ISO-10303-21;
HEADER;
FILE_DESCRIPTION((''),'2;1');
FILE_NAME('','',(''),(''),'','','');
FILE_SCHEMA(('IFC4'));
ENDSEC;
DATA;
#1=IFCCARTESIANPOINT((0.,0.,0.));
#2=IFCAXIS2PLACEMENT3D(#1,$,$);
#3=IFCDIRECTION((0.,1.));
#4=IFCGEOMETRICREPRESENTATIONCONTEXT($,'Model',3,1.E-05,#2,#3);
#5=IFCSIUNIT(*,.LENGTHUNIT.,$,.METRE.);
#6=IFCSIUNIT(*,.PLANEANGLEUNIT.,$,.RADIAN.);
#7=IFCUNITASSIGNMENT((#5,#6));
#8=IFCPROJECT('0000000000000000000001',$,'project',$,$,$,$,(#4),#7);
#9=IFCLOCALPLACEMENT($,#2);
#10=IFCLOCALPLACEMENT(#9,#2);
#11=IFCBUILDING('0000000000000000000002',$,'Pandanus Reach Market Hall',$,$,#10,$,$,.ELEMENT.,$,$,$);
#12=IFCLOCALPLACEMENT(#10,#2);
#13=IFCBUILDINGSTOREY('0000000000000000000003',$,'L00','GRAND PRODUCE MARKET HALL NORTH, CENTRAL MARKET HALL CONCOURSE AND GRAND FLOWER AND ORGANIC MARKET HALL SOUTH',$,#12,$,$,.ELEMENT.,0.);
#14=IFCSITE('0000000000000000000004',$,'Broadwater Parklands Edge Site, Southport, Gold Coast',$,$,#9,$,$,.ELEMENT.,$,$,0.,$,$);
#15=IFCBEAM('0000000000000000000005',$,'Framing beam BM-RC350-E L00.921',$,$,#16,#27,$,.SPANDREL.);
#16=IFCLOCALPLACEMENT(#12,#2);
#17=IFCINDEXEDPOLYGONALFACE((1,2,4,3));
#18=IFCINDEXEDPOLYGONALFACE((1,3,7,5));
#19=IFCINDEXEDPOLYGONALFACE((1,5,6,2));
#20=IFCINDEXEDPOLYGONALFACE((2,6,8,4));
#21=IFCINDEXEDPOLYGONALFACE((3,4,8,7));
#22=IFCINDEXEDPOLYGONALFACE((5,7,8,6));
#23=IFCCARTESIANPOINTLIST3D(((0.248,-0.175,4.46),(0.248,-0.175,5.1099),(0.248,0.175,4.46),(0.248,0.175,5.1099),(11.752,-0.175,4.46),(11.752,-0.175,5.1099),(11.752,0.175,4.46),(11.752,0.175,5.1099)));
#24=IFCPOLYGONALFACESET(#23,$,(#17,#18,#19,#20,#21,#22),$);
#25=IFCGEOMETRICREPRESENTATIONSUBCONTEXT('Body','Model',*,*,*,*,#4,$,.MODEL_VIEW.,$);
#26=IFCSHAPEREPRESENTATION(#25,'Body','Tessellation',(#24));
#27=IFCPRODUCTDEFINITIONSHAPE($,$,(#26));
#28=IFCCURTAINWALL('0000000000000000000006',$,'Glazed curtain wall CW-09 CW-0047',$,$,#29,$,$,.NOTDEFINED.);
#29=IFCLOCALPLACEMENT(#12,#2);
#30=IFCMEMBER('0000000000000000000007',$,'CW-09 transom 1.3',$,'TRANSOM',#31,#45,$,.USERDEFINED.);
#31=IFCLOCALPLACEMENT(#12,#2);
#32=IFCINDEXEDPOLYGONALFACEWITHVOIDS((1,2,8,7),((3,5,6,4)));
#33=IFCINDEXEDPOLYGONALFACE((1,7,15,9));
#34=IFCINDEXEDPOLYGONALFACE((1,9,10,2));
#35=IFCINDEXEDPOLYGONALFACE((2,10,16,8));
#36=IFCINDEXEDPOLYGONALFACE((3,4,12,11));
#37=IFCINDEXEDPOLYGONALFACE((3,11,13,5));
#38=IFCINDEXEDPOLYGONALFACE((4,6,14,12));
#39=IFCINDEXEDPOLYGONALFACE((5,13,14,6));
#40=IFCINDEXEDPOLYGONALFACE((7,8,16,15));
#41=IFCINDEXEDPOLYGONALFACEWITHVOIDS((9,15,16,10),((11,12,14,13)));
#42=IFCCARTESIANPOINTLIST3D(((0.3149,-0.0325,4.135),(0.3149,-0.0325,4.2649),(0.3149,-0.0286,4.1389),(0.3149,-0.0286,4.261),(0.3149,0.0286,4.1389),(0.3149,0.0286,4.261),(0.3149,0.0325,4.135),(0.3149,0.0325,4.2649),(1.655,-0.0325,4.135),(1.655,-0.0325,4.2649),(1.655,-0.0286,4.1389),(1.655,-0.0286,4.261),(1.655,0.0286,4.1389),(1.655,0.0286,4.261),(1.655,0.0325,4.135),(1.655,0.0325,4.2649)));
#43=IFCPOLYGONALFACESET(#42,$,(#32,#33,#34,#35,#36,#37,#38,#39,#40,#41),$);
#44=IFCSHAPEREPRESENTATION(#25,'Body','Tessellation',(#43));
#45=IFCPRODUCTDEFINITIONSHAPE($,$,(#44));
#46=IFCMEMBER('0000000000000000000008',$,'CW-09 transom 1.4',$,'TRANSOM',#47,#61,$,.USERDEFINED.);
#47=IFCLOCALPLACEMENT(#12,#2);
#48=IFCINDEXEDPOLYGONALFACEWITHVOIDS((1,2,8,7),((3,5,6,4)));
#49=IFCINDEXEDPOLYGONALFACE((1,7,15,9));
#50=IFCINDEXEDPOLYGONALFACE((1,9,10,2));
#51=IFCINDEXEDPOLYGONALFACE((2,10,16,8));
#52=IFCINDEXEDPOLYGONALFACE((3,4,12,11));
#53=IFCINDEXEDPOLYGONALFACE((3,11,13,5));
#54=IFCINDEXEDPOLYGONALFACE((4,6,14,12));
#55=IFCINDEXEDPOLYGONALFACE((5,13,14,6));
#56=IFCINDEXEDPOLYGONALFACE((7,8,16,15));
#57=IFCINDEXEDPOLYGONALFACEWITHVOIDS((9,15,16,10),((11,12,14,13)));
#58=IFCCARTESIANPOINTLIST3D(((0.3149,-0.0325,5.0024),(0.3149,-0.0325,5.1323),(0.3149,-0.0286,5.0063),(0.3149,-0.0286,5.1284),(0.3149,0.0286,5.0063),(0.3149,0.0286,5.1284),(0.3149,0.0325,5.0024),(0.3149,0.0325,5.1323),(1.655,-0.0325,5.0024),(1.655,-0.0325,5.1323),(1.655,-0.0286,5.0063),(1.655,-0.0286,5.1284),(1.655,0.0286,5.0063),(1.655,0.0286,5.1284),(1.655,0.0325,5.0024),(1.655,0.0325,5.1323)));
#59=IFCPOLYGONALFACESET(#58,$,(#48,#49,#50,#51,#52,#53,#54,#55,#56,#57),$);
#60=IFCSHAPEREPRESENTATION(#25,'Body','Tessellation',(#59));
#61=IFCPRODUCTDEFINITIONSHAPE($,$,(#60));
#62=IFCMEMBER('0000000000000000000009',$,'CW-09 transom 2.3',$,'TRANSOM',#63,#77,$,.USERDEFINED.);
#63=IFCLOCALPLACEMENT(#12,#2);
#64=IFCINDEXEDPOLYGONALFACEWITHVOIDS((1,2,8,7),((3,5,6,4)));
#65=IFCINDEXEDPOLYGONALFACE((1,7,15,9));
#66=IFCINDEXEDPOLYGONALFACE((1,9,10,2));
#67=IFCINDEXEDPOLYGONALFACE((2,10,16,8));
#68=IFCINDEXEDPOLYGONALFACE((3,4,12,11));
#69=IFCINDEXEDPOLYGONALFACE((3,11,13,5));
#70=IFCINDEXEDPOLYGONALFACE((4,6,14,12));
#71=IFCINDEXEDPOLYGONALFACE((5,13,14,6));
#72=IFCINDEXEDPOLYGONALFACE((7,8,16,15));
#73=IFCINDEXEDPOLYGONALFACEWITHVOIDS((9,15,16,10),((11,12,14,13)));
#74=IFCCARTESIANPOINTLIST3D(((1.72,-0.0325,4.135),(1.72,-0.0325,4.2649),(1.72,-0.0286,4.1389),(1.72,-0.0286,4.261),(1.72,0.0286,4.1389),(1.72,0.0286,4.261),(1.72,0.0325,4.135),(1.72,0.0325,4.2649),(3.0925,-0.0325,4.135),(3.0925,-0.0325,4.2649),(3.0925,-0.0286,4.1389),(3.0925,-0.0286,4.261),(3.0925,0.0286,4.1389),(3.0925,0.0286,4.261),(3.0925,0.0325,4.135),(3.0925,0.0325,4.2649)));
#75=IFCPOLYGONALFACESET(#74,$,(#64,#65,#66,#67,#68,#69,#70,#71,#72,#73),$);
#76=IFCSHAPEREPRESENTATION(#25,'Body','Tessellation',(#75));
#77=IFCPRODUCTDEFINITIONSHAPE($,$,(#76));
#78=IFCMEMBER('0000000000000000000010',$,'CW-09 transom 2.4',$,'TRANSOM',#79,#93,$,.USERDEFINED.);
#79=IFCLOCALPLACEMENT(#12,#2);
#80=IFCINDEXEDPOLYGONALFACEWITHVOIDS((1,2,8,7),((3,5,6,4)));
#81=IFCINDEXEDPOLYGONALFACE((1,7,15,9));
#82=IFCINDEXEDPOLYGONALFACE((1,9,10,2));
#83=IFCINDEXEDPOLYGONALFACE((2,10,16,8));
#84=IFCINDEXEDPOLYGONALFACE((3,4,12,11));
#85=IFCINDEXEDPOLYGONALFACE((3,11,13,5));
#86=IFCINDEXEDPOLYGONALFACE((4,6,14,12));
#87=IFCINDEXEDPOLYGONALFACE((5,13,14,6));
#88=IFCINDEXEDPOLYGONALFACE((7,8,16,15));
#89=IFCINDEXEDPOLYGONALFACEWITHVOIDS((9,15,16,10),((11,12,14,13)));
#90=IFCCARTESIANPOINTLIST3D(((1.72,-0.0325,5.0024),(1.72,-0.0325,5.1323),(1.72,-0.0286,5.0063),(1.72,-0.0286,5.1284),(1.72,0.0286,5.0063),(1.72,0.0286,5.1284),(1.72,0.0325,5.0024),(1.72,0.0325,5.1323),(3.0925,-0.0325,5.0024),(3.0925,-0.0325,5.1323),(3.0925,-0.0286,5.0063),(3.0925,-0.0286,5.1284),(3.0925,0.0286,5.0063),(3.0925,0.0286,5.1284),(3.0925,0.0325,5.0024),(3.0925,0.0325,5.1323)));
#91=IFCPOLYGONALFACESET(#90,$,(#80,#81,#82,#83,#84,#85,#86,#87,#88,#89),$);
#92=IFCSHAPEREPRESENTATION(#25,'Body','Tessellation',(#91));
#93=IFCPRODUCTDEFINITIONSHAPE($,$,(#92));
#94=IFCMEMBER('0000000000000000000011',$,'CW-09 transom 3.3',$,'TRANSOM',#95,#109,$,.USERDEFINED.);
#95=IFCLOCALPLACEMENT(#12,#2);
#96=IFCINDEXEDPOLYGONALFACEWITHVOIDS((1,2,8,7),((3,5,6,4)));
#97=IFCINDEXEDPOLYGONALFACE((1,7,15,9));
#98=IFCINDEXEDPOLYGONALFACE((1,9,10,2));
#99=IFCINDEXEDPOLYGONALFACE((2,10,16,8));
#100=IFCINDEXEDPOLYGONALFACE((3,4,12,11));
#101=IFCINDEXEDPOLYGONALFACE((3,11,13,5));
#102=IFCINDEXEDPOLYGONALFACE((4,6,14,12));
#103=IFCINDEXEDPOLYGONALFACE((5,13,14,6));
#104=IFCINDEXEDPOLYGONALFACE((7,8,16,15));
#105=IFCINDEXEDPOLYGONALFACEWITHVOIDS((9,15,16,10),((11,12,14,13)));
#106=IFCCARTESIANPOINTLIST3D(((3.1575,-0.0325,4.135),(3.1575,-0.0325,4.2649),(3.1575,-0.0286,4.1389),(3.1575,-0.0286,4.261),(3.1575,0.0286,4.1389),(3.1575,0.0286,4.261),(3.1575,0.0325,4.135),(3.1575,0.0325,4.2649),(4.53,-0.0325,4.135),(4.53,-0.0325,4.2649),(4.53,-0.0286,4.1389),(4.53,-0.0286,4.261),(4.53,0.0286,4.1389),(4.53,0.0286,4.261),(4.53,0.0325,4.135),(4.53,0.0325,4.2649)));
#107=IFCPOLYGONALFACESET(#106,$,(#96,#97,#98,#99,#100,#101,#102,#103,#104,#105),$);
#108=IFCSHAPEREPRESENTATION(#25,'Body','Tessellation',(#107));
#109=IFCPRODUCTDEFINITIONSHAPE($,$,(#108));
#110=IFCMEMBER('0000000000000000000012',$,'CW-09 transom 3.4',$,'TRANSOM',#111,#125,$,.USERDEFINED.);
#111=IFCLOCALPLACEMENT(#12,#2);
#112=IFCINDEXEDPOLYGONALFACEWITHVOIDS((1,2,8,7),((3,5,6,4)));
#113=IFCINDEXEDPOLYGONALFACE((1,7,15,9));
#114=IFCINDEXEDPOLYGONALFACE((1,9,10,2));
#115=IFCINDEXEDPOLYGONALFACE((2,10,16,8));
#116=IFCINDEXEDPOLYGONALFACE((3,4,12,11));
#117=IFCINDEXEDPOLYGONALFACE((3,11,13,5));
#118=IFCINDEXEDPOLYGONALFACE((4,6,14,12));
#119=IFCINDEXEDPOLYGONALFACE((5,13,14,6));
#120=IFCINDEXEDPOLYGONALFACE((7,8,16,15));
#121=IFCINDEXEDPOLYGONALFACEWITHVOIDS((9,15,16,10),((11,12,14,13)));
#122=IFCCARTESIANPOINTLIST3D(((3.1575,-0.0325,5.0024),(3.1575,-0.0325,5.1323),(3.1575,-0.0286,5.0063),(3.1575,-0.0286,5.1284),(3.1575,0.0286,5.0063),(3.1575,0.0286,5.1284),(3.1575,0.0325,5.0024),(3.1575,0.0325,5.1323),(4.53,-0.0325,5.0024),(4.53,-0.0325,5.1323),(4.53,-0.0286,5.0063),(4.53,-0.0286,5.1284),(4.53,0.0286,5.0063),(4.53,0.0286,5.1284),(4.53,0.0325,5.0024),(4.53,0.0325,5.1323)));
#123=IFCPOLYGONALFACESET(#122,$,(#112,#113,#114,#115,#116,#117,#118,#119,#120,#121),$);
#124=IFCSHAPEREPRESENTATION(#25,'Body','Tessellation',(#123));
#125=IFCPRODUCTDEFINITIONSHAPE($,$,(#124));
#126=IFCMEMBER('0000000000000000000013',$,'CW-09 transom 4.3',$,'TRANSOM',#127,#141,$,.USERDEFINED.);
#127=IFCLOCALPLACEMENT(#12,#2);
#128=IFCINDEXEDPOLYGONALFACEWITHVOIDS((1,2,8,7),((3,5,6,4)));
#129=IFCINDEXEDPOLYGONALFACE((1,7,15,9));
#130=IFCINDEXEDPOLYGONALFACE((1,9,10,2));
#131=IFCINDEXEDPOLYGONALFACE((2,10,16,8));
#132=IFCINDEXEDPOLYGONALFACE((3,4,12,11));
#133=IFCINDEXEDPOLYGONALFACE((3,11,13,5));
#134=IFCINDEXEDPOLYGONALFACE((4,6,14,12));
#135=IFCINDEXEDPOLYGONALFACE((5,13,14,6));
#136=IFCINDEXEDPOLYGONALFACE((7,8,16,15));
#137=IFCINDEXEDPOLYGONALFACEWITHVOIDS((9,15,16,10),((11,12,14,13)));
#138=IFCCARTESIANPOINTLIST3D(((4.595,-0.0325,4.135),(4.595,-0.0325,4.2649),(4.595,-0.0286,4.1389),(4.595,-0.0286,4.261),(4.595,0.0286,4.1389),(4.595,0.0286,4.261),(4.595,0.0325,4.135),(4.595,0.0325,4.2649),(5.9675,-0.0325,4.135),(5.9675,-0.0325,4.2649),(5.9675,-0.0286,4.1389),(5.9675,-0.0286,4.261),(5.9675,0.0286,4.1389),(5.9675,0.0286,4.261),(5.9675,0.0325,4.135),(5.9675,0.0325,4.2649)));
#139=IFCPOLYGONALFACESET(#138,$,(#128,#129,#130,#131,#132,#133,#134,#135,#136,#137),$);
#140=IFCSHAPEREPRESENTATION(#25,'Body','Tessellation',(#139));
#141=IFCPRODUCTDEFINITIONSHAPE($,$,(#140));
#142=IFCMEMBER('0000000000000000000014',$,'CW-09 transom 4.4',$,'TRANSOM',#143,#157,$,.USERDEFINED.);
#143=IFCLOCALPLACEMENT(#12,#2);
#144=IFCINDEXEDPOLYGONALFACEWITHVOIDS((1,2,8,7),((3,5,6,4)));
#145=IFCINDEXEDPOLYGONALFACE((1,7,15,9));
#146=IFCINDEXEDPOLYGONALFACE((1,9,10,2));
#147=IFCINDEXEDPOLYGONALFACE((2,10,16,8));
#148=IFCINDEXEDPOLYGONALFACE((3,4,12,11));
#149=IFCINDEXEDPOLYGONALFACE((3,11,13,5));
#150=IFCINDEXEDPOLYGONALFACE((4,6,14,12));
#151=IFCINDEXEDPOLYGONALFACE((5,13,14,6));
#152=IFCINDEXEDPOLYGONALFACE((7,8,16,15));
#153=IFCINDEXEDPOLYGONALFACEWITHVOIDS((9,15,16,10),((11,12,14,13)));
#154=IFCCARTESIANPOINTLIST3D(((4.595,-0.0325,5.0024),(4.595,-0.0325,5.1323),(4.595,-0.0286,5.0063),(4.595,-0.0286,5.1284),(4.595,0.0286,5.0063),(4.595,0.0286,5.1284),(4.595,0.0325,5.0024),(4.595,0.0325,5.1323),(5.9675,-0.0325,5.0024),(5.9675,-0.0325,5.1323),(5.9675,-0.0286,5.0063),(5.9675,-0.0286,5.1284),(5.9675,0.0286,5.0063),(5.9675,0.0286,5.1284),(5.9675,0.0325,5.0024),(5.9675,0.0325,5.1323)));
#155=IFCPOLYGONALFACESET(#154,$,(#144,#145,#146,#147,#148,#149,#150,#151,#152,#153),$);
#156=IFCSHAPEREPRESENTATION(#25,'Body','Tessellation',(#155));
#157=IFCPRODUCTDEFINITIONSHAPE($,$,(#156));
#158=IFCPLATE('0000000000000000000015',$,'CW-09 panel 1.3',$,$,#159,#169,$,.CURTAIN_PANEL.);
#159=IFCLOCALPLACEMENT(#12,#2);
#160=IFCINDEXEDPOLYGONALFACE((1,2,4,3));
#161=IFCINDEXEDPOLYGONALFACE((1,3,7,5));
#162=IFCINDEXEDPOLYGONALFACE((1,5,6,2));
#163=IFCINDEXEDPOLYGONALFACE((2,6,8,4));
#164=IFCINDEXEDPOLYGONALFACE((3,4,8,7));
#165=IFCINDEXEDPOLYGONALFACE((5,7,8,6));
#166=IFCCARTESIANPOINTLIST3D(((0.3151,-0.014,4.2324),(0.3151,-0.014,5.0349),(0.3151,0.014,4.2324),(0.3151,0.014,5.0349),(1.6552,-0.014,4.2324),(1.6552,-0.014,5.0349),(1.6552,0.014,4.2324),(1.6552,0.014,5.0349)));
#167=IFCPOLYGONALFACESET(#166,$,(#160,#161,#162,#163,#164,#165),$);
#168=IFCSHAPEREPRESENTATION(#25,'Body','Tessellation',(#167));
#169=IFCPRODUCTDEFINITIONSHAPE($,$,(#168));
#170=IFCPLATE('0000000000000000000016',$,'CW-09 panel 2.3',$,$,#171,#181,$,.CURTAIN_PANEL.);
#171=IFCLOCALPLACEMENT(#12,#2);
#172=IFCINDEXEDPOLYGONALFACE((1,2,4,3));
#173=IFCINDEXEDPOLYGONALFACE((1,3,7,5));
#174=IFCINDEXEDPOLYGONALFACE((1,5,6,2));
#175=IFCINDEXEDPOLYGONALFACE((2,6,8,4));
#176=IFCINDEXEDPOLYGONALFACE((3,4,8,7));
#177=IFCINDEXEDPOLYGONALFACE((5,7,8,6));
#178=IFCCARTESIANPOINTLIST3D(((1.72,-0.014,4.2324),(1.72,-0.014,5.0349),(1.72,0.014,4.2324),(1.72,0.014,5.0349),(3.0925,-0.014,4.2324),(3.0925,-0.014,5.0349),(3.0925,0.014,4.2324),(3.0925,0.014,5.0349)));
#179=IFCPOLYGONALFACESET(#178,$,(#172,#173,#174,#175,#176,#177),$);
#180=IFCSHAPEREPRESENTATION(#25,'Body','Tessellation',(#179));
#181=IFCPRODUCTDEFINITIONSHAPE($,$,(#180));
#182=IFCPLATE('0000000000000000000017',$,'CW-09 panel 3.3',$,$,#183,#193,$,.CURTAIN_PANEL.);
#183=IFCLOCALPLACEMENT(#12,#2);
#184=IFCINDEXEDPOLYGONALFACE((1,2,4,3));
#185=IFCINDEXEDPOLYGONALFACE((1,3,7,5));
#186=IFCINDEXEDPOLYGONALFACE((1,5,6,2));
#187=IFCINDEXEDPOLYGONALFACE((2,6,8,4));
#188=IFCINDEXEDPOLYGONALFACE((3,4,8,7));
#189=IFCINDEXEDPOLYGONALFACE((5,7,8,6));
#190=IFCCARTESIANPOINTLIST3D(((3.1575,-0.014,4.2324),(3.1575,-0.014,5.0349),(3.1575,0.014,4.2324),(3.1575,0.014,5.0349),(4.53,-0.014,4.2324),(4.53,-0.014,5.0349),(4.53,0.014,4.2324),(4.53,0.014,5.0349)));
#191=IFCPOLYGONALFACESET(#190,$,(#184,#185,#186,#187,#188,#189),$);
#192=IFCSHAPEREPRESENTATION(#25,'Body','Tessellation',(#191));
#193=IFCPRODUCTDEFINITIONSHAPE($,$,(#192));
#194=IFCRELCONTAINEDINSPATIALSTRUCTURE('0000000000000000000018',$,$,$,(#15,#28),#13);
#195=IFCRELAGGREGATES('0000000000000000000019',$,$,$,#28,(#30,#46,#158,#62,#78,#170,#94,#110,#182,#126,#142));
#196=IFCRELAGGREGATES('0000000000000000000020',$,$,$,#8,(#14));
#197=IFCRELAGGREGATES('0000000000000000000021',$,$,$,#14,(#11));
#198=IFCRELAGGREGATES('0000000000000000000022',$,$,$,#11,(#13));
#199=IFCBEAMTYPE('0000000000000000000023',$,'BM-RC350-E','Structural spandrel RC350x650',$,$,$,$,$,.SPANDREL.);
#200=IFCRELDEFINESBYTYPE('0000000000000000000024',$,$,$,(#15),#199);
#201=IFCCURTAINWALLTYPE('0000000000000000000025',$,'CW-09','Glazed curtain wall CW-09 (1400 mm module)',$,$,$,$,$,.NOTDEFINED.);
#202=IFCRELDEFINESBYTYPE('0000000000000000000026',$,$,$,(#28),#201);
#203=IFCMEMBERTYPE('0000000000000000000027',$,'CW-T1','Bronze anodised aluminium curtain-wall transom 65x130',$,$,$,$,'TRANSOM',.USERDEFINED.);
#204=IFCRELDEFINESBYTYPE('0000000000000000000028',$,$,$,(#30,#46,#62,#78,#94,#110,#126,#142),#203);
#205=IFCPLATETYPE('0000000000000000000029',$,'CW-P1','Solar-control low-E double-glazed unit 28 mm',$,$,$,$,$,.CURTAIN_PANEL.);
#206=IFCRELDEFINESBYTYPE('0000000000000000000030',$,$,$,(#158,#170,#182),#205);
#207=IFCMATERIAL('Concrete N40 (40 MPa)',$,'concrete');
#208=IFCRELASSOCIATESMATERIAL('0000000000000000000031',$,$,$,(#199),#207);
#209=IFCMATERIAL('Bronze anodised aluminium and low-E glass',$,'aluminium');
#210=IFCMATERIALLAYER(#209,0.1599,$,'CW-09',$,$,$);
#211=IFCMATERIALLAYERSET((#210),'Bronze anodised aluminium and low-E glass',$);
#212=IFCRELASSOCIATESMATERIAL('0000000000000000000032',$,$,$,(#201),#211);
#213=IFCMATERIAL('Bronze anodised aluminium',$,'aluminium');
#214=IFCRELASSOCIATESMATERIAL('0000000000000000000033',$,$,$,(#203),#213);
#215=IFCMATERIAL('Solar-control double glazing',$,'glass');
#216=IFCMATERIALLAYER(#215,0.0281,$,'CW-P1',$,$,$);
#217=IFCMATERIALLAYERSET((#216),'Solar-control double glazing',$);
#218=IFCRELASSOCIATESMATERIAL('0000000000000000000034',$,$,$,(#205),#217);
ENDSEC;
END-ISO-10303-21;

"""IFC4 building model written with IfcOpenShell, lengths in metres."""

from ifc_helpers import new_model, si_unit, direction, frame, origin, origin_2d, place, context, subcontext, project, spatial, rectangle, hollow_rectangle, extrude, material, layer, layer_set, material_profile, profile_set, type_object, element, aggregate, save


model = new_model("IFC4")

# Units and contexts
model_context = context("Model", 3, precision=1e-05, world=origin(), true_north=direction((0.0, 1.0)))
body_context = subcontext(model_context, "Body", "Model", "MODEL_VIEW")
ifc_project = project(units=[si_unit("LENGTHUNIT", "METRE"), si_unit("PLANEANGLEUNIT", "RADIAN")], contexts=[model_context])

# Site, building, storey
site_placement = place(None, origin())
site = spatial("IfcSite", under=ifc_project, at=site_placement, Name="Broadwater Parklands Edge Site, Southport, Gold Coast", CompositionType="ELEMENT", RefElevation=0.0)
building_placement = place(site_placement, origin())
building = spatial("IfcBuilding", under=site, at=building_placement, Name="Pandanus Reach Market Hall", CompositionType="ELEMENT")
storey_placement = place(building_placement, origin())
storey = spatial("IfcBuildingStorey", under=building, at=storey_placement, Name="L00", Description="GRAND PRODUCE MARKET HALL NORTH, CENTRAL MARKET HALL CONCOURSE AND GRAND FLOWER AND ORGANIC MARKET HALL SOUTH", CompositionType="ELEMENT", Elevation=0.0)

# Beam
ifc_material_1 = material(Name="Concrete N40 (40 MPa)", Category="concrete")
ifc_material_profile_1 = material_profile(ifc_material_1, rectangle(XDim=0.3501, YDim=0.6499, at=origin_2d()), Name="RC350x650", Category="LoadBearing")
ifc_profile_set_1 = profile_set([ifc_material_profile_1], Name="Concrete N40 (40 MPa)")
beam_type = type_object("IfcBeamType", Name="BM-RC350-E", Description="Structural spandrel RC350x650", PredefinedType="SPANDREL", material=ifc_profile_set_1)
beam_placement = place(storey_placement, frame((0.248, 0.0, 4.7849), z_axis=(1.0, 0.0, 0.0), x_axis=(0.0, 1.0, 0.0)))
element("IfcBeam", 1, at=beam_placement, inside=storey, type_object=beam_type, Name="Framing beam BM-RC350-E L00.921", PredefinedType="SPANDREL", context=body_context, shape_type="SweptSolid", body=[
    extrude(rectangle(XDim=0.3501, YDim=0.6499, at=origin_2d()), origin(), (0.0, 0.0, 1.0), 11.5039),
])

# Curtain wall, members, plates
ifc_material_2 = material(Name="Bronze anodised aluminium and low-E glass", Category="aluminium")
ifc_layer_1 = layer(ifc_material_2, 0.1599, Name="CW-09")
ifc_layer_set_1 = layer_set([ifc_layer_1], Name="Bronze anodised aluminium and low-E glass")
curtain_wall_type = type_object("IfcCurtainWallType", Name="CW-09", Description="Glazed curtain wall CW-09 (1400 mm module)", PredefinedType="NOTDEFINED", material=ifc_layer_set_1)
curtain_wall_placement = place(storey_placement, origin())
curtain_wall = element("IfcCurtainWall", 2, at=curtain_wall_placement, inside=storey, type_object=curtain_wall_type, Name="Glazed curtain wall CW-09 CW-0047", PredefinedType="NOTDEFINED")
ifc_material_3 = material(Name="Bronze anodised aluminium", Category="aluminium")
ifc_material_profile_2 = material_profile(ifc_material_3, hollow_rectangle(XDim=0.0649, YDim=0.1299, WallThickness=0.0039, at=origin_2d()), Name="ALU65x130", Category="LoadBearing")
ifc_profile_set_2 = profile_set([ifc_material_profile_2], Name="Bronze anodised aluminium")
member_type = type_object("IfcMemberType", Name="CW-T1", Description="Bronze anodised aluminium curtain-wall transom 65x130", ElementType="TRANSOM", PredefinedType="USERDEFINED", material=ifc_profile_set_2)
member_1_placement = place(storey_placement, frame((0.3149, 0.0, 4.2), z_axis=(1.0, 0.0, 0.0), x_axis=(0.0, 1.0, 0.0)))
member_1 = element("IfcMember", 3, at=member_1_placement, type_object=member_type, Name="CW-09 transom 1.3", ObjectType="TRANSOM", PredefinedType="USERDEFINED", context=body_context, shape_type="SweptSolid", body=[
    extrude(hollow_rectangle(XDim=0.0649, YDim=0.1299, WallThickness=0.0039, at=origin_2d()), origin(), (0.0, 0.0, 1.0), 1.3401),
])
member_2_placement = place(storey_placement, frame((0.3149, 0.0, 5.0674), z_axis=(1.0, 0.0, 0.0), x_axis=(0.0, 1.0, 0.0)))
member_2 = element("IfcMember", 4, at=member_2_placement, type_object=member_type, Name="CW-09 transom 1.4", ObjectType="TRANSOM", PredefinedType="USERDEFINED", context=body_context, shape_type="SweptSolid", body=[
    extrude(hollow_rectangle(XDim=0.0649, YDim=0.1299, WallThickness=0.0039, at=origin_2d()), origin(), (0.0, 0.0, 1.0), 1.3401),
])
member_3_placement = place(storey_placement, frame((1.72, 0.0, 4.2), z_axis=(1.0, 0.0, 0.0), x_axis=(0.0, 1.0, 0.0)))
member_3 = element("IfcMember", 5, at=member_3_placement, type_object=member_type, Name="CW-09 transom 2.3", ObjectType="TRANSOM", PredefinedType="USERDEFINED", context=body_context, shape_type="SweptSolid", body=[
    extrude(hollow_rectangle(XDim=0.0649, YDim=0.1299, WallThickness=0.0039, at=origin_2d()), origin(), (0.0, 0.0, 1.0), 1.3726),
])
member_4_placement = place(storey_placement, frame((1.72, 0.0, 5.0674), z_axis=(1.0, 0.0, 0.0), x_axis=(0.0, 1.0, 0.0)))
member_4 = element("IfcMember", 6, at=member_4_placement, type_object=member_type, Name="CW-09 transom 2.4", ObjectType="TRANSOM", PredefinedType="USERDEFINED", context=body_context, shape_type="SweptSolid", body=[
    extrude(hollow_rectangle(XDim=0.0649, YDim=0.1299, WallThickness=0.0039, at=origin_2d()), origin(), (0.0, 0.0, 1.0), 1.3726),
])
member_5_placement = place(storey_placement, frame((3.1575, 0.0, 4.2), z_axis=(1.0, 0.0, 0.0), x_axis=(0.0, 1.0, 0.0)))
member_5 = element("IfcMember", 7, at=member_5_placement, type_object=member_type, Name="CW-09 transom 3.3", ObjectType="TRANSOM", PredefinedType="USERDEFINED", context=body_context, shape_type="SweptSolid", body=[
    extrude(hollow_rectangle(XDim=0.0649, YDim=0.1299, WallThickness=0.0039, at=origin_2d()), origin(), (0.0, 0.0, 1.0), 1.3726),
])
member_6_placement = place(storey_placement, frame((3.1575, 0.0, 5.0674), z_axis=(1.0, 0.0, 0.0), x_axis=(0.0, 1.0, 0.0)))
member_6 = element("IfcMember", 8, at=member_6_placement, type_object=member_type, Name="CW-09 transom 3.4", ObjectType="TRANSOM", PredefinedType="USERDEFINED", context=body_context, shape_type="SweptSolid", body=[
    extrude(hollow_rectangle(XDim=0.0649, YDim=0.1299, WallThickness=0.0039, at=origin_2d()), origin(), (0.0, 0.0, 1.0), 1.3726),
])
member_7_placement = place(storey_placement, frame((4.595, 0.0, 4.2), z_axis=(1.0, 0.0, 0.0), x_axis=(0.0, 1.0, 0.0)))
member_7 = element("IfcMember", 9, at=member_7_placement, type_object=member_type, Name="CW-09 transom 4.3", ObjectType="TRANSOM", PredefinedType="USERDEFINED", context=body_context, shape_type="SweptSolid", body=[
    extrude(hollow_rectangle(XDim=0.0649, YDim=0.1299, WallThickness=0.0039, at=origin_2d()), origin(), (0.0, 0.0, 1.0), 1.3726),
])
member_8_placement = place(storey_placement, frame((4.595, 0.0, 5.0674), z_axis=(1.0, 0.0, 0.0), x_axis=(0.0, 1.0, 0.0)))
member_8 = element("IfcMember", 10, at=member_8_placement, type_object=member_type, Name="CW-09 transom 4.4", ObjectType="TRANSOM", PredefinedType="USERDEFINED", context=body_context, shape_type="SweptSolid", body=[
    extrude(hollow_rectangle(XDim=0.0649, YDim=0.1299, WallThickness=0.0039, at=origin_2d()), origin(), (0.0, 0.0, 1.0), 1.3726),
])
ifc_material_4 = material(Name="Solar-control double glazing", Category="glass")
ifc_layer_2 = layer(ifc_material_4, 0.0281, Name="CW-P1")
ifc_layer_set_2 = layer_set([ifc_layer_2], Name="Solar-control double glazing")
plate_type = type_object("IfcPlateType", Name="CW-P1", Description="Solar-control low-E double-glazed unit 28 mm", PredefinedType="CURTAIN_PANEL", material=ifc_layer_set_2)
plate_1_placement = place(storey_placement, frame((0.9851, 0.0, 4.2324), z_axis=(0.0, 0.0, 1.0), x_axis=(1.0, 0.0, 0.0)))
plate_1 = element("IfcPlate", 11, at=plate_1_placement, type_object=plate_type, Name="CW-09 panel 1.3", PredefinedType="CURTAIN_PANEL", context=body_context, shape_type="SweptSolid", body=[
    extrude(rectangle(XDim=1.3401, YDim=0.0281, at=origin_2d()), origin(), (0.0, 0.0, 1.0), 0.8025),
])
plate_2_placement = place(storey_placement, frame((2.4062, 0.0, 4.2324), z_axis=(0.0, 0.0, 1.0), x_axis=(1.0, 0.0, 0.0)))
plate_2 = element("IfcPlate", 12, at=plate_2_placement, type_object=plate_type, Name="CW-09 panel 2.3", PredefinedType="CURTAIN_PANEL", context=body_context, shape_type="SweptSolid", body=[
    extrude(rectangle(XDim=1.3726, YDim=0.0281, at=origin_2d()), origin(), (0.0, 0.0, 1.0), 0.8025),
])
plate_3_placement = place(storey_placement, frame((3.8438, 0.0, 4.2324), z_axis=(0.0, 0.0, 1.0), x_axis=(1.0, 0.0, 0.0)))
plate_3 = element("IfcPlate", 13, at=plate_3_placement, type_object=plate_type, Name="CW-09 panel 3.3", PredefinedType="CURTAIN_PANEL", context=body_context, shape_type="SweptSolid", body=[
    extrude(rectangle(XDim=1.3726, YDim=0.0281, at=origin_2d()), origin(), (0.0, 0.0, 1.0), 0.8025),
])
aggregate(curtain_wall, [member_1, member_2, plate_1, member_3, member_4, plate_2, member_5, member_6, plate_3, member_7, member_8])

save(model, "model.ifc")
